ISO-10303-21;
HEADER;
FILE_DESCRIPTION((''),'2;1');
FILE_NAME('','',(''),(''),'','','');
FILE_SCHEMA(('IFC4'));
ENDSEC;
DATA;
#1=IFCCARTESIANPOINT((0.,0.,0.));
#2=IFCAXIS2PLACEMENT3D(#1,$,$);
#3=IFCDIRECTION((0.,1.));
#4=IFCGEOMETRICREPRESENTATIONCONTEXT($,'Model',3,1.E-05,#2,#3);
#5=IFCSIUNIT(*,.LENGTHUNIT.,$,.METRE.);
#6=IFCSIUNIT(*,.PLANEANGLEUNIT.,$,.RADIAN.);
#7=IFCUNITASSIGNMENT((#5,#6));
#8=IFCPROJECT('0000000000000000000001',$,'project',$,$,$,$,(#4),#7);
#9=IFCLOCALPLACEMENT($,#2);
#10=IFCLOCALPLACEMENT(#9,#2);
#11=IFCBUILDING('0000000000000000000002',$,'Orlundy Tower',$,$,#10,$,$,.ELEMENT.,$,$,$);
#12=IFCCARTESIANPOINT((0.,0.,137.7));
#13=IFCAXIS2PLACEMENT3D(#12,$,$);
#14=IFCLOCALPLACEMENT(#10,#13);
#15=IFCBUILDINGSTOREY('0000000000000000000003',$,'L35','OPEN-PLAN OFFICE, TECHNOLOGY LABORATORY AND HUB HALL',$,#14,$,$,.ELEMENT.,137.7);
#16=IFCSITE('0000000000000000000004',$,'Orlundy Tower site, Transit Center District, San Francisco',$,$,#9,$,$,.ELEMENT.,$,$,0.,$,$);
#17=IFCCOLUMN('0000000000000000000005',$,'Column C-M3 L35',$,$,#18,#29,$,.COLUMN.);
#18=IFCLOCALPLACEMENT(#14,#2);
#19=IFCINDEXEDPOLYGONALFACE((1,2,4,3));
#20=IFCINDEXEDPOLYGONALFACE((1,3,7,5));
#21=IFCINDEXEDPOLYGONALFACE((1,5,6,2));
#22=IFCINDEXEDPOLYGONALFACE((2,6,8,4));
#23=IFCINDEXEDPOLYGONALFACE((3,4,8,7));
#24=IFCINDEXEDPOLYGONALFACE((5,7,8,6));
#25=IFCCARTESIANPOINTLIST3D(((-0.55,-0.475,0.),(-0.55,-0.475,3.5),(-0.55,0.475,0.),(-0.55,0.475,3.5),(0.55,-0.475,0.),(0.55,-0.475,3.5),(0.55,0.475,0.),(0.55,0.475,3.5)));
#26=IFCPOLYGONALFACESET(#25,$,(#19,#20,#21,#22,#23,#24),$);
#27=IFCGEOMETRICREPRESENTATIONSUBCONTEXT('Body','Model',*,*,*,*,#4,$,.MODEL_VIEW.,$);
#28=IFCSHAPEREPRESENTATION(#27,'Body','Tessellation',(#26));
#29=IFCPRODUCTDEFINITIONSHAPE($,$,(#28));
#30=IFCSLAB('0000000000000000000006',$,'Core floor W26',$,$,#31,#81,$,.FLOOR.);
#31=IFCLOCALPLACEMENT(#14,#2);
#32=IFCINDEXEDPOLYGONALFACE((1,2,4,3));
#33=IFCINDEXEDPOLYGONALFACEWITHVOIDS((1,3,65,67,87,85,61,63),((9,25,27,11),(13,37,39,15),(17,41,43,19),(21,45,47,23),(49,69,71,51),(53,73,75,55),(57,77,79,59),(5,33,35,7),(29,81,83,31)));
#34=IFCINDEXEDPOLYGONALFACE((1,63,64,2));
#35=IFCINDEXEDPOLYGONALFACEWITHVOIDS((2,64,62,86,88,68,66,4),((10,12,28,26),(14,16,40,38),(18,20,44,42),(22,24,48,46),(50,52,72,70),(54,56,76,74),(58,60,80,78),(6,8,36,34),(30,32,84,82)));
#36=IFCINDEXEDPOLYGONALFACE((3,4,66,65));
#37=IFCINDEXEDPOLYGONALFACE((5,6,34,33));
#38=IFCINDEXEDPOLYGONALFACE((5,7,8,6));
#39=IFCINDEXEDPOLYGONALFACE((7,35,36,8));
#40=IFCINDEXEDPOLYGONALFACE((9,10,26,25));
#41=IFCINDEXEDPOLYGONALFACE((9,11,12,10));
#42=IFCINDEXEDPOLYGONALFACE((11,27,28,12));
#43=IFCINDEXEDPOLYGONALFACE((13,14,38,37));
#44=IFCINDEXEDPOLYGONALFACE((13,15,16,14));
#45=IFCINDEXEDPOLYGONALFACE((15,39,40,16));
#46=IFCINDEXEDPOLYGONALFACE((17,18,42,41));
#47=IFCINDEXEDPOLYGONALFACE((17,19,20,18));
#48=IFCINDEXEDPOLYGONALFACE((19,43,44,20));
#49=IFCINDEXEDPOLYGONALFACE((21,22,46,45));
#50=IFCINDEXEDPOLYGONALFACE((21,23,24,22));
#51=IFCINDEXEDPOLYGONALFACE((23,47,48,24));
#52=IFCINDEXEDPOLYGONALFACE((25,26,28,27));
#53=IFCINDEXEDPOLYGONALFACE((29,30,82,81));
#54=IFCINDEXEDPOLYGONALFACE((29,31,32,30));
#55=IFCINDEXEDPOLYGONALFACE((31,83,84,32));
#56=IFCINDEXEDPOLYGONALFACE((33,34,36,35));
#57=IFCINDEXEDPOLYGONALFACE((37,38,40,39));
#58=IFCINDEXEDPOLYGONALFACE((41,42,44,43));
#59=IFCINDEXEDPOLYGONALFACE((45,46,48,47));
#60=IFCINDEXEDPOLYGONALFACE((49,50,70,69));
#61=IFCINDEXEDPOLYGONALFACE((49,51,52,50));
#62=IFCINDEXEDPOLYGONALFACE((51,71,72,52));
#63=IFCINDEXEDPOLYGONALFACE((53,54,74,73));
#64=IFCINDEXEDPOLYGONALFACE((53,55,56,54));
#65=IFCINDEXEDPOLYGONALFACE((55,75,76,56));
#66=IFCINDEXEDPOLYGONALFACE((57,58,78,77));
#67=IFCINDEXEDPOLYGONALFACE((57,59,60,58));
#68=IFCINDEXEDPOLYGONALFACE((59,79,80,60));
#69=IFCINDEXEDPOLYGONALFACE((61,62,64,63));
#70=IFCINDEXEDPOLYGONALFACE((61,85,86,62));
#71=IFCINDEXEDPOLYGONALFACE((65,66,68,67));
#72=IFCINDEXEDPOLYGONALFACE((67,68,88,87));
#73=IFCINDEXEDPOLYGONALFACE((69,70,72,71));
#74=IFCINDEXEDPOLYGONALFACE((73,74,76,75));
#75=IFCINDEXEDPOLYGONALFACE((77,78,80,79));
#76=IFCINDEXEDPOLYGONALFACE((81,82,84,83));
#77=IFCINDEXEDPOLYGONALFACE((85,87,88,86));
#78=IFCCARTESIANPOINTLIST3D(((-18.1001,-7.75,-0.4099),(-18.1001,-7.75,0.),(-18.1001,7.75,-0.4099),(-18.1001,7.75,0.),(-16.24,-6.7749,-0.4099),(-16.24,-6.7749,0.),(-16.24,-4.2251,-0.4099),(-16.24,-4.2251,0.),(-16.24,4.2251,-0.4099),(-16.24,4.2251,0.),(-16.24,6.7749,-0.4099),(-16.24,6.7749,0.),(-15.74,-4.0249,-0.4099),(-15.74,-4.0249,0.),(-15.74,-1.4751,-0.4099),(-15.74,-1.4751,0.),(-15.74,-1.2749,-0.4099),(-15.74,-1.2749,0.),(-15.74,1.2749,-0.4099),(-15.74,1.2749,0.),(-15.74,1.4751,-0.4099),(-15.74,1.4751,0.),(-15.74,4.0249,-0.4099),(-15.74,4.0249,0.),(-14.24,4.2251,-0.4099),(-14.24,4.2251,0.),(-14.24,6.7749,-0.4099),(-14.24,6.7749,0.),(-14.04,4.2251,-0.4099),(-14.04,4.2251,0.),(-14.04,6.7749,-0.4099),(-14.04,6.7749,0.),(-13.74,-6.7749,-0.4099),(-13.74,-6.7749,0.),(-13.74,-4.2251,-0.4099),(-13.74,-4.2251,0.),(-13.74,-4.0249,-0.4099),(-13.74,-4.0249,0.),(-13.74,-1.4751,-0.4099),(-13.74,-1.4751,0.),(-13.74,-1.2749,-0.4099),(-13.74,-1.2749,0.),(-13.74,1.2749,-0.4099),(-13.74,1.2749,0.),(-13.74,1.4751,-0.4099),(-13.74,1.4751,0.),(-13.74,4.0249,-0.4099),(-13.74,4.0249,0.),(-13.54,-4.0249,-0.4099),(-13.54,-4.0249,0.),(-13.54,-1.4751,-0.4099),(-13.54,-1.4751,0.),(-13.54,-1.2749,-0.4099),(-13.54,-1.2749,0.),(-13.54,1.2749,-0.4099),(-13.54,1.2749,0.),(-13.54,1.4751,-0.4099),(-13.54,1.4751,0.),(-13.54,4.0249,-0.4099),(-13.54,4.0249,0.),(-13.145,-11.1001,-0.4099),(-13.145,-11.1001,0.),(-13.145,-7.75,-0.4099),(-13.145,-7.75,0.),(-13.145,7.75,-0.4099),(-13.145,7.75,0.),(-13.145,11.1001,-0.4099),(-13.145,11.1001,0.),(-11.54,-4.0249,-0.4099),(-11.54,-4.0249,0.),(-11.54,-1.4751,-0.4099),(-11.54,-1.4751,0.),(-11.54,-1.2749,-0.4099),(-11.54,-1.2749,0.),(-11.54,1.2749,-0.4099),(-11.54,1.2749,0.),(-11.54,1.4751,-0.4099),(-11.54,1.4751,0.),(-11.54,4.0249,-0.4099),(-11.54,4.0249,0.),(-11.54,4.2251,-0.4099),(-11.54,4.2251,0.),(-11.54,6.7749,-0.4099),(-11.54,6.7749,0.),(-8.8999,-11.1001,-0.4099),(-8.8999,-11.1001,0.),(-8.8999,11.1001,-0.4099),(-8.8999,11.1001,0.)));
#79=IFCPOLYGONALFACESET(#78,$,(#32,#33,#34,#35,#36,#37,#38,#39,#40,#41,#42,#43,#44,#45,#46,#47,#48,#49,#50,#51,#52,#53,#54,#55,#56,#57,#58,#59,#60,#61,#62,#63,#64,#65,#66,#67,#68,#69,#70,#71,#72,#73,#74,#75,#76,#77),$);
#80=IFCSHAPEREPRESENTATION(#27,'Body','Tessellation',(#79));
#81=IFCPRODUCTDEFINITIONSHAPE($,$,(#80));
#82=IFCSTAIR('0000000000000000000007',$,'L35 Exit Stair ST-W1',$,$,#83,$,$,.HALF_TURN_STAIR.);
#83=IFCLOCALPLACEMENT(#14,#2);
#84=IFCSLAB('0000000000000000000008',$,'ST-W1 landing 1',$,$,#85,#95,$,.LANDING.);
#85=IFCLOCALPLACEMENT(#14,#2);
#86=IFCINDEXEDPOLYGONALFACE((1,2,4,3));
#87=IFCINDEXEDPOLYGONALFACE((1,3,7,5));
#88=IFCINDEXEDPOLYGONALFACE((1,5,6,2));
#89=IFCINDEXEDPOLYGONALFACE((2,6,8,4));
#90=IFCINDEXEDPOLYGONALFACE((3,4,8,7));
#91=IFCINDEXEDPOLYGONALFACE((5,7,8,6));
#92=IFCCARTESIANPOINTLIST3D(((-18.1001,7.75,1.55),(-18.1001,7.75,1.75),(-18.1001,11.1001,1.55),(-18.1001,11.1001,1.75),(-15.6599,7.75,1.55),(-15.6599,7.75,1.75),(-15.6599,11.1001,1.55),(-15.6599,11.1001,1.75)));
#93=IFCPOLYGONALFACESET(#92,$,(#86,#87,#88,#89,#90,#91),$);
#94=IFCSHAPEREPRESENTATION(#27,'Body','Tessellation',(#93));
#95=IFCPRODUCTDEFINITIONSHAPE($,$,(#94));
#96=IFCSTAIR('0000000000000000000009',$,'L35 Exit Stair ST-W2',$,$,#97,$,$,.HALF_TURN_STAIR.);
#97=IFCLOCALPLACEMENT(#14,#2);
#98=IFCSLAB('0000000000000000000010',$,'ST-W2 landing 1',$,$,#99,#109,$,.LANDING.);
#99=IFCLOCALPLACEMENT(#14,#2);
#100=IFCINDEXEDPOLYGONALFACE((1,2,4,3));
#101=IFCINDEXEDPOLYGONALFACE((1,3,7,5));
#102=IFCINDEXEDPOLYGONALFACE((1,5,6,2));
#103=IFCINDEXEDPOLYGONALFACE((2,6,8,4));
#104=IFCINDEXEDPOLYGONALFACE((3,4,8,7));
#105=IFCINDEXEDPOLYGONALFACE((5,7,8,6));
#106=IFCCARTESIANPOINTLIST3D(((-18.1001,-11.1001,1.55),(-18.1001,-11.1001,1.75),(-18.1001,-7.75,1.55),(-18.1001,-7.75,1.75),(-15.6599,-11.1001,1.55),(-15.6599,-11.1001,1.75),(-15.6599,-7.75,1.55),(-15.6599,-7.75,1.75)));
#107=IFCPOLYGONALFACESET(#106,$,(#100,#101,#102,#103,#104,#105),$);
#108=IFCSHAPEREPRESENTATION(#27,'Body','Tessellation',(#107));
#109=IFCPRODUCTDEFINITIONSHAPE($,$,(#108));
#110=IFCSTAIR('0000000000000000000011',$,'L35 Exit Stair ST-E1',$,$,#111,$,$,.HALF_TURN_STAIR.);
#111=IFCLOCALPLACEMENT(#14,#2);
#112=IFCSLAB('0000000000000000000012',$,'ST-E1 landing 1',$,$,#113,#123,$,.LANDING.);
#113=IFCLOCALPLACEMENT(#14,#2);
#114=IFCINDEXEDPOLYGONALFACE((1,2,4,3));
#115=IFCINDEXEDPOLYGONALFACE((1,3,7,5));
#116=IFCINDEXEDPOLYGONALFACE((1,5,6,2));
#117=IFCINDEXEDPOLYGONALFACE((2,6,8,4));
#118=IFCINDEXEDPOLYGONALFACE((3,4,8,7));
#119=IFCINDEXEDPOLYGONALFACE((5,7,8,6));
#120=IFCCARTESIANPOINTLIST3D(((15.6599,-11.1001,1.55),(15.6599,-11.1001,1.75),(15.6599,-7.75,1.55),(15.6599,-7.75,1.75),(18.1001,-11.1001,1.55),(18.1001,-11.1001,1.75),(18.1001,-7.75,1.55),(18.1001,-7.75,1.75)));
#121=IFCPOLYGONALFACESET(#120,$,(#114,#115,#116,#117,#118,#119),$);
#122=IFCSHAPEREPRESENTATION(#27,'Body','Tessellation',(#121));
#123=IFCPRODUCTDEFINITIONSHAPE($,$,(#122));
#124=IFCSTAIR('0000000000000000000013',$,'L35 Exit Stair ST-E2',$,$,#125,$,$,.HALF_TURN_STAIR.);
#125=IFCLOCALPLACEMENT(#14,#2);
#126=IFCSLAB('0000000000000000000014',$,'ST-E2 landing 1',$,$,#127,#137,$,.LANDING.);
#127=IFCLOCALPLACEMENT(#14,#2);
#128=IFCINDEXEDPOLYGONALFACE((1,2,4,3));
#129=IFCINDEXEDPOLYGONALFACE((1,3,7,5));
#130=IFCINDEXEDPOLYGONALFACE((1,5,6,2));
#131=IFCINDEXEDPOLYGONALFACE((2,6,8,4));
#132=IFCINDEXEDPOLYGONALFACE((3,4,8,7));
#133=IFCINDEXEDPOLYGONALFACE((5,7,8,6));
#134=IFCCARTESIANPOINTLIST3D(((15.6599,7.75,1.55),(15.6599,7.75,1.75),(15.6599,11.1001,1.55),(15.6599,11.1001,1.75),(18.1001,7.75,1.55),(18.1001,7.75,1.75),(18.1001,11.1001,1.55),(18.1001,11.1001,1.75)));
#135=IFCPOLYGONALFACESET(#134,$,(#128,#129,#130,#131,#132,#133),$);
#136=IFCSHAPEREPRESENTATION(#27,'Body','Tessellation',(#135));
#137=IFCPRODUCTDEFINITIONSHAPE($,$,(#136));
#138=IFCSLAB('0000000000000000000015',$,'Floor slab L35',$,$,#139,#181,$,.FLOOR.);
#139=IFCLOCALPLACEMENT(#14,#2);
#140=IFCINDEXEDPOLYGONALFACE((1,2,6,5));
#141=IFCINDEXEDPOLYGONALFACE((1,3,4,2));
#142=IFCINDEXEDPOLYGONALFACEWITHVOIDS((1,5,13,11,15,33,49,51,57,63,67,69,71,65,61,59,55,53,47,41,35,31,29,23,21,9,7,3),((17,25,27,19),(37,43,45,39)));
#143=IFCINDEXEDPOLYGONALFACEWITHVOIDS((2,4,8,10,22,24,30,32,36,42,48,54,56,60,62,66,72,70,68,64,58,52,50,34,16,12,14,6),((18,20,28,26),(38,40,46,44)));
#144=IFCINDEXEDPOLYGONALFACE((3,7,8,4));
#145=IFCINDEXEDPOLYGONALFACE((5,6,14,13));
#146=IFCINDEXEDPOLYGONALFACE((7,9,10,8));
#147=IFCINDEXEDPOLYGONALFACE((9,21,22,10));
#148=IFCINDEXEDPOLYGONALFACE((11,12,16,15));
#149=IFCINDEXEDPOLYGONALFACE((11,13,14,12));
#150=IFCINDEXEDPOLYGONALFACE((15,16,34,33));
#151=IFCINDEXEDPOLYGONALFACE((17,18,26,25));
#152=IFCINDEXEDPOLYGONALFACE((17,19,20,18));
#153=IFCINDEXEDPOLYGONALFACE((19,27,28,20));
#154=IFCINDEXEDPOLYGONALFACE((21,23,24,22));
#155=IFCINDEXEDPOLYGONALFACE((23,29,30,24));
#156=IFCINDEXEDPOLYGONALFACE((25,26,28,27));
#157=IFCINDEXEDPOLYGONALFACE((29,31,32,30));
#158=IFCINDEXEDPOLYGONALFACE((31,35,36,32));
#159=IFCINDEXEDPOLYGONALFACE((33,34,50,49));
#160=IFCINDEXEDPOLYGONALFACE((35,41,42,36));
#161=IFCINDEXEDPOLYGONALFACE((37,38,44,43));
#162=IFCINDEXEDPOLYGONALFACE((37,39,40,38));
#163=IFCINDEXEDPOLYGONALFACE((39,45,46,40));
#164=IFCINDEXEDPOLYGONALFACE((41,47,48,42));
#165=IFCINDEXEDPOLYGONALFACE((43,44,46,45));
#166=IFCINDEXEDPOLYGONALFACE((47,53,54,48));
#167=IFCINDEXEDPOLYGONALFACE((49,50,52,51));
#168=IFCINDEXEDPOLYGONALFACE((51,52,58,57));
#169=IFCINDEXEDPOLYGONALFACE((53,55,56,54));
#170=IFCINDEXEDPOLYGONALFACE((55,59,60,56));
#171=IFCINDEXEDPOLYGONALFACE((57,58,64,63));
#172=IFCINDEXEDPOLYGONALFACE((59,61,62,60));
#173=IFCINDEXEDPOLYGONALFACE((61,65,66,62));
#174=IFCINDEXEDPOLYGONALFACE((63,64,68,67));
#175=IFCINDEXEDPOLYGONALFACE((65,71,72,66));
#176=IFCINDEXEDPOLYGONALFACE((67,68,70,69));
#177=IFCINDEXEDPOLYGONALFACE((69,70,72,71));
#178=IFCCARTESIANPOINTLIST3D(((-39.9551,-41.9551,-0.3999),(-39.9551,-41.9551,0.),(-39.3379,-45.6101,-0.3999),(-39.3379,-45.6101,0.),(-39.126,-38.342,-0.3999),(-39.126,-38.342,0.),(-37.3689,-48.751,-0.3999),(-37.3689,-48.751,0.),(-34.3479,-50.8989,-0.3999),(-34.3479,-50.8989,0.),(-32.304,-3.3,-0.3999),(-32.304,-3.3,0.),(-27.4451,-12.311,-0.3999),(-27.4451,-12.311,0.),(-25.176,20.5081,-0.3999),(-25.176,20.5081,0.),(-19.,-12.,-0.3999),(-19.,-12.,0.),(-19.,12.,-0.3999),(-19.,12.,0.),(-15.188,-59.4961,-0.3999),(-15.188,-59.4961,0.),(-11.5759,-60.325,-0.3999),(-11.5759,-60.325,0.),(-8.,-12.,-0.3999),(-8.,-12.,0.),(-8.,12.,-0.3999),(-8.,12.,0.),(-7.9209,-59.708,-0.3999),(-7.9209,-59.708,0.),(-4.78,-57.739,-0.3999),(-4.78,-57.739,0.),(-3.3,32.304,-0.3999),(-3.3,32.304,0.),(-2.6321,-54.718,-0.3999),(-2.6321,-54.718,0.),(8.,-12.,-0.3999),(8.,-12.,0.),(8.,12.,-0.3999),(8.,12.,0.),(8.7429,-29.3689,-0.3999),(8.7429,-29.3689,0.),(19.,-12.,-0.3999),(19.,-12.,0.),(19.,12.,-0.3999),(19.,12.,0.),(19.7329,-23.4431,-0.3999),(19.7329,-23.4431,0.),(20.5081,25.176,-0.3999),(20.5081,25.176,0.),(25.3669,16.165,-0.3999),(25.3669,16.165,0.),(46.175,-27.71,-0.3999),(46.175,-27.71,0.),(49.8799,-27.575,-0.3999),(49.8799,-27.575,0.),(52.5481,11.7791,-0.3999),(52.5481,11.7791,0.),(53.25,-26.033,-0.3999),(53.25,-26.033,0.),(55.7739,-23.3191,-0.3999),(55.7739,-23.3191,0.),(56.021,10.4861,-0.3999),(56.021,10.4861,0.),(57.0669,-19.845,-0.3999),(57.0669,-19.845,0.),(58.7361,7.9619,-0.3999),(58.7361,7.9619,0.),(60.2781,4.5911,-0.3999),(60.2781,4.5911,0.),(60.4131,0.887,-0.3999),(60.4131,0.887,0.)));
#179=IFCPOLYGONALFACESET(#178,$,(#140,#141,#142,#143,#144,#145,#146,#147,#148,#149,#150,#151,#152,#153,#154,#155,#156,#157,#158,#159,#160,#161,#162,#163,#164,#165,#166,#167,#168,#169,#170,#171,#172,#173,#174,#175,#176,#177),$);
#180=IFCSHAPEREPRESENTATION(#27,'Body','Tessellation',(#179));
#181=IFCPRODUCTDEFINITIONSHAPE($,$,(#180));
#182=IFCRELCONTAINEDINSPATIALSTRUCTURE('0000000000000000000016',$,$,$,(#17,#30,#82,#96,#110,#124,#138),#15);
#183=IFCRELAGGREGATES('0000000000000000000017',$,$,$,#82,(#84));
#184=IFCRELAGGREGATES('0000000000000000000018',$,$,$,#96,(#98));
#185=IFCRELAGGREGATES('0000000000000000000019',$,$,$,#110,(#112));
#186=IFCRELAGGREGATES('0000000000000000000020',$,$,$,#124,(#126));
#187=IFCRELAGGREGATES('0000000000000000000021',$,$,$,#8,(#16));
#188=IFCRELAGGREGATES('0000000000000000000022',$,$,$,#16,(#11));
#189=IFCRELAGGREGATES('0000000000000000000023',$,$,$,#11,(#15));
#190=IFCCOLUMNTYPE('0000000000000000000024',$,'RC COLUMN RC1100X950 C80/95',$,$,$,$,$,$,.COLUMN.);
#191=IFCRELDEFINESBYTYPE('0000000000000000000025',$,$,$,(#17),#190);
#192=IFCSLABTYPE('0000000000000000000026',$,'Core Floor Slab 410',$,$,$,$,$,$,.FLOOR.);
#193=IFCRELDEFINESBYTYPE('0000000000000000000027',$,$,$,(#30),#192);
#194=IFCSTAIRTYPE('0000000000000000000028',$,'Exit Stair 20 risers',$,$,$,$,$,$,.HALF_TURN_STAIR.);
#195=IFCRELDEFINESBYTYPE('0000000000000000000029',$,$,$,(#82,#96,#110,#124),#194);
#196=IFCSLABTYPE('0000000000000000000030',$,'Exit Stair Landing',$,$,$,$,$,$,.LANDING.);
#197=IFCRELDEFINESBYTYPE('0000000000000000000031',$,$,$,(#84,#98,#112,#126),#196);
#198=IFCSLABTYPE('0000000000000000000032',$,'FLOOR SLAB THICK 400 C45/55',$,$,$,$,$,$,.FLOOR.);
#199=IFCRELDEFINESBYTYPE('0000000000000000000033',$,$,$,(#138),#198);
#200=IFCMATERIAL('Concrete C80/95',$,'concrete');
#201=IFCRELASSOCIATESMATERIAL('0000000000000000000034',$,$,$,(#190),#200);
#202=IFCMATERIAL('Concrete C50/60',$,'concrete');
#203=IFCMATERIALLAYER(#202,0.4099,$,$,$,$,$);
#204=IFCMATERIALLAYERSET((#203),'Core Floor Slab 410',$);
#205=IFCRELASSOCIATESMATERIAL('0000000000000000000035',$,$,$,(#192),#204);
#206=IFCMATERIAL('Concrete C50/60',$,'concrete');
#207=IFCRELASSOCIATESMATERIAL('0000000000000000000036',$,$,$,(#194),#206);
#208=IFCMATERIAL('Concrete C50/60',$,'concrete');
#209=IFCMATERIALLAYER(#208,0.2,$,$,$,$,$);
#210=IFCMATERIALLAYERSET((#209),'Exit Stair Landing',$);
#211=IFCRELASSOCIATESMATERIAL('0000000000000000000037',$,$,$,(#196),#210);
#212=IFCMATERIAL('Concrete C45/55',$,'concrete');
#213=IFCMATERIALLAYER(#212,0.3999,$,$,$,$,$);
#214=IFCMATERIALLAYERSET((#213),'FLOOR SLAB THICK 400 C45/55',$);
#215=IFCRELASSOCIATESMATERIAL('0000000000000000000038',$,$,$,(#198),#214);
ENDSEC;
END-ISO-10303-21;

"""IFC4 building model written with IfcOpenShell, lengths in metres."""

from ifc_helpers import new_model, si_unit, direction, frame, origin, origin_with_axes, origin_2d, place, context, subcontext, project, spatial, polyline, rectangle, outline, extrude, material, layer, layer_set, material_profile, profile_set, type_object, element, aggregate, save


model = new_model("IFC4")

# Units and contexts
model_context = context("Model", 3, precision=1e-05, world=origin(), true_north=direction((0.0, 1.0)))
body_context = subcontext(model_context, "Body", "Model", "MODEL_VIEW")
ifc_project = project(units=[si_unit("LENGTHUNIT", "METRE"), si_unit("PLANEANGLEUNIT", "RADIAN")], contexts=[model_context])

# Site, building, storey
site_placement = place(None, origin())
site = spatial("IfcSite", under=ifc_project, at=site_placement, Name="Orlundy Tower site, Transit Center District, San Francisco", CompositionType="ELEMENT", RefElevation=0.0)
building_placement = place(site_placement, origin())
building = spatial("IfcBuilding", under=site, at=building_placement, Name="Orlundy Tower", CompositionType="ELEMENT")
storey_placement = place(building_placement, frame((0.0, 0.0, 137.7)))
storey = spatial("IfcBuildingStorey", under=building, at=storey_placement, Name="L35", Description="OPEN-PLAN OFFICE, TECHNOLOGY LABORATORY AND HUB HALL", CompositionType="ELEMENT", Elevation=137.7)

# Column
ifc_material_1 = material(Name="Concrete C80/95", Category="concrete")
ifc_material_profile = material_profile(ifc_material_1, rectangle(XDim=1.1001, YDim=0.95, at=origin_2d()), Name="RC1100X950")
ifc_profile_set = profile_set([ifc_material_profile], Name="Concrete C80/95")
column_type = type_object("IfcColumnType", Name="RC COLUMN RC1100X950 C80/95", PredefinedType="COLUMN", material=ifc_profile_set)
column_placement = place(storey_placement, origin_with_axes())
element("IfcColumn", 1, at=column_placement, inside=storey, type_object=column_type, Name="Column C-M3 L35", PredefinedType="COLUMN", context=body_context, shape_type="SweptSolid", body=[
    extrude(rectangle(XDim=1.1001, YDim=0.95, at=origin_2d()), origin(), (0.0, 0.0, 1.0), 3.5),
])

# Slab
ifc_material_2 = material(Name="Concrete C50/60", Category="concrete")
ifc_layer_1 = layer(ifc_material_2, 0.4099)
ifc_layer_set_1 = layer_set([ifc_layer_1], Name="Core Floor Slab 410")
slab_type_1 = type_object("IfcSlabType", Name="Core Floor Slab 410", PredefinedType="FLOOR", material=ifc_layer_set_1)
slab_1_placement = place(storey_placement, frame((0.0, 0.0, -0.4099)))
element("IfcSlab", 2, at=slab_1_placement, inside=storey, type_object=slab_type_1, Name="Core floor W26", PredefinedType="FLOOR", context=body_context, shape_type="SweptSolid", body=[
    extrude(outline(polyline([(-13.145, 7.75), (-13.145, 11.1001), (-8.8999, 11.1001), (-8.8999, -11.1001), (-13.145, -11.1001), (-13.145, -7.75), (-18.1001, -7.75), (-18.1001, 7.75), (-13.145, 7.75)]), holes=[polyline([(-16.24, -6.7749), (-13.74, -6.7749), (-13.74, -4.2251), (-16.24, -4.2251), (-16.24, -6.7749)]), polyline([(-13.54, -1.4751), (-13.54, -4.0249), (-11.54, -4.0249), (-11.54, -1.4751), (-13.54, -1.4751)]), polyline([(-13.74, -1.4751), (-15.74, -1.4751), (-15.74, -4.0249), (-13.74, -4.0249), (-13.74, -1.4751)]), polyline([(-11.54, -1.2749), (-11.54, 1.2749), (-13.54, 1.2749), (-13.54, -1.2749), (-11.54, -1.2749)]), polyline([(-15.74, -1.2749), (-13.74, -1.2749), (-13.74, 1.2749), (-15.74, 1.2749), (-15.74, -1.2749)]), polyline([(-13.54, 4.0249), (-13.54, 1.4751), (-11.54, 1.4751), (-11.54, 4.0249), (-13.54, 4.0249)]), polyline([(-13.74, 4.0249), (-15.74, 4.0249), (-15.74, 1.4751), (-13.74, 1.4751), (-13.74, 4.0249)]), polyline([(-11.54, 4.2251), (-11.54, 6.7749), (-14.04, 6.7749), (-14.04, 4.2251), (-11.54, 4.2251)]), polyline([(-16.24, 4.2251), (-14.24, 4.2251), (-14.24, 6.7749), (-16.24, 6.7749), (-16.24, 4.2251)])]), origin(), (0.0, 0.0, 1.0), 0.4099),
])

# Stairs, slabs
ifc_material_3 = material(Name="Concrete C50/60", Category="concrete")
stair_type = type_object("IfcStairType", Name="Exit Stair 20 risers", PredefinedType="HALF_TURN_STAIR", material=ifc_material_3)
stair_1_placement = place(storey_placement, origin())
stair_1 = element("IfcStair", 3, at=stair_1_placement, inside=storey, type_object=stair_type, Name="L35 Exit Stair ST-W1", PredefinedType="HALF_TURN_STAIR")
ifc_material_4 = material(Name="Concrete C50/60", Category="concrete")
ifc_layer_2 = layer(ifc_material_4, 0.2)
ifc_layer_set_2 = layer_set([ifc_layer_2], Name="Exit Stair Landing")
slab_type_2 = type_object("IfcSlabType", Name="Exit Stair Landing", PredefinedType="LANDING", material=ifc_layer_set_2)
slab_2_placement = place(storey_placement, frame((0.0, 0.0, 1.55)))
slab_2 = element("IfcSlab", 4, at=slab_2_placement, type_object=slab_type_2, Name="ST-W1 landing 1", PredefinedType="LANDING", context=body_context, shape_type="SweptSolid", body=[
    extrude(outline(polyline([(-15.6599, 11.1001), (-18.1001, 11.1001), (-18.1001, 7.75), (-15.6599, 7.75), (-15.6599, 11.1001)])), origin(), (0.0, 0.0, 1.0), 0.2),
])
aggregate(stair_1, [slab_2])
stair_2_placement = place(storey_placement, origin())
stair_2 = element("IfcStair", 5, at=stair_2_placement, inside=storey, type_object=stair_type, Name="L35 Exit Stair ST-W2", PredefinedType="HALF_TURN_STAIR")
slab_3_placement = place(storey_placement, frame((0.0, 0.0, 1.55)))
slab_3 = element("IfcSlab", 6, at=slab_3_placement, type_object=slab_type_2, Name="ST-W2 landing 1", PredefinedType="LANDING", context=body_context, shape_type="SweptSolid", body=[
    extrude(outline(polyline([(-15.6599, -7.75), (-18.1001, -7.75), (-18.1001, -11.1001), (-15.6599, -11.1001), (-15.6599, -7.75)])), origin(), (0.0, 0.0, 1.0), 0.2),
])
aggregate(stair_2, [slab_3])
stair_3_placement = place(storey_placement, origin())
stair_3 = element("IfcStair", 7, at=stair_3_placement, inside=storey, type_object=stair_type, Name="L35 Exit Stair ST-E1", PredefinedType="HALF_TURN_STAIR")
slab_4_placement = place(storey_placement, frame((0.0, 0.0, 1.55)))
slab_4 = element("IfcSlab", 8, at=slab_4_placement, type_object=slab_type_2, Name="ST-E1 landing 1", PredefinedType="LANDING", context=body_context, shape_type="SweptSolid", body=[
    extrude(outline(polyline([(15.6599, -11.1001), (18.1001, -11.1001), (18.1001, -7.75), (15.6599, -7.75), (15.6599, -11.1001)])), origin(), (0.0, 0.0, 1.0), 0.2),
])
aggregate(stair_3, [slab_4])
stair_4_placement = place(storey_placement, origin())
stair_4 = element("IfcStair", 9, at=stair_4_placement, inside=storey, type_object=stair_type, Name="L35 Exit Stair ST-E2", PredefinedType="HALF_TURN_STAIR")
slab_5_placement = place(storey_placement, frame((0.0, 0.0, 1.55)))
slab_5 = element("IfcSlab", 10, at=slab_5_placement, type_object=slab_type_2, Name="ST-E2 landing 1", PredefinedType="LANDING", context=body_context, shape_type="SweptSolid", body=[
    extrude(outline(polyline([(15.6599, 7.75), (18.1001, 7.75), (18.1001, 11.1001), (15.6599, 11.1001), (15.6599, 7.75)])), origin(), (0.0, 0.0, 1.0), 0.2),
])
aggregate(stair_4, [slab_5])

# Slab
ifc_material_5 = material(Name="Concrete C45/55", Category="concrete")
ifc_layer_3 = layer(ifc_material_5, 0.3999)
ifc_layer_set_3 = layer_set([ifc_layer_3], Name="FLOOR SLAB THICK 400 C45/55")
slab_type_3 = type_object("IfcSlabType", Name="FLOOR SLAB THICK 400 C45/55", PredefinedType="FLOOR", material=ifc_layer_set_3)
slab_6_placement = place(storey_placement, frame((0.0, 0.0, -0.3999)))
element("IfcSlab", 11, at=slab_6_placement, inside=storey, type_object=slab_type_3, Name="Floor slab L35", PredefinedType="FLOOR", context=body_context, shape_type="SweptSolid", body=[
    extrude(outline(polyline([(-27.4451, -12.311), (-32.304, -3.3), (-25.176, 20.5081), (-3.3, 32.304), (20.5081, 25.176), (25.3669, 16.165), (52.5481, 11.7791), (56.021, 10.4861), (58.7361, 7.9619), (60.2781, 4.5911), (60.4131, 0.887), (57.0669, -19.845), (55.7739, -23.3191), (53.25, -26.033), (49.8799, -27.575), (46.175, -27.71), (19.7329, -23.4431), (8.7429, -29.3689), (-2.6321, -54.718), (-4.78, -57.739), (-7.9209, -59.708), (-11.5759, -60.325), (-15.188, -59.4961), (-34.3479, -50.8989), (-37.3689, -48.751), (-39.3379, -45.6101), (-39.9551, -41.9551), (-39.126, -38.342), (-27.4451, -12.311)]), holes=[polyline([(-8.0, -12.0), (-8.0, 12.0), (-19.0, 12.0), (-19.0, -12.0), (-8.0, -12.0)]), polyline([(19.0, -12.0), (19.0, 12.0), (8.0, 12.0), (8.0, -12.0), (19.0, -12.0)])]), origin(), (0.0, 0.0, 1.0), 0.3999),
])

save(model, "model.ifc")
